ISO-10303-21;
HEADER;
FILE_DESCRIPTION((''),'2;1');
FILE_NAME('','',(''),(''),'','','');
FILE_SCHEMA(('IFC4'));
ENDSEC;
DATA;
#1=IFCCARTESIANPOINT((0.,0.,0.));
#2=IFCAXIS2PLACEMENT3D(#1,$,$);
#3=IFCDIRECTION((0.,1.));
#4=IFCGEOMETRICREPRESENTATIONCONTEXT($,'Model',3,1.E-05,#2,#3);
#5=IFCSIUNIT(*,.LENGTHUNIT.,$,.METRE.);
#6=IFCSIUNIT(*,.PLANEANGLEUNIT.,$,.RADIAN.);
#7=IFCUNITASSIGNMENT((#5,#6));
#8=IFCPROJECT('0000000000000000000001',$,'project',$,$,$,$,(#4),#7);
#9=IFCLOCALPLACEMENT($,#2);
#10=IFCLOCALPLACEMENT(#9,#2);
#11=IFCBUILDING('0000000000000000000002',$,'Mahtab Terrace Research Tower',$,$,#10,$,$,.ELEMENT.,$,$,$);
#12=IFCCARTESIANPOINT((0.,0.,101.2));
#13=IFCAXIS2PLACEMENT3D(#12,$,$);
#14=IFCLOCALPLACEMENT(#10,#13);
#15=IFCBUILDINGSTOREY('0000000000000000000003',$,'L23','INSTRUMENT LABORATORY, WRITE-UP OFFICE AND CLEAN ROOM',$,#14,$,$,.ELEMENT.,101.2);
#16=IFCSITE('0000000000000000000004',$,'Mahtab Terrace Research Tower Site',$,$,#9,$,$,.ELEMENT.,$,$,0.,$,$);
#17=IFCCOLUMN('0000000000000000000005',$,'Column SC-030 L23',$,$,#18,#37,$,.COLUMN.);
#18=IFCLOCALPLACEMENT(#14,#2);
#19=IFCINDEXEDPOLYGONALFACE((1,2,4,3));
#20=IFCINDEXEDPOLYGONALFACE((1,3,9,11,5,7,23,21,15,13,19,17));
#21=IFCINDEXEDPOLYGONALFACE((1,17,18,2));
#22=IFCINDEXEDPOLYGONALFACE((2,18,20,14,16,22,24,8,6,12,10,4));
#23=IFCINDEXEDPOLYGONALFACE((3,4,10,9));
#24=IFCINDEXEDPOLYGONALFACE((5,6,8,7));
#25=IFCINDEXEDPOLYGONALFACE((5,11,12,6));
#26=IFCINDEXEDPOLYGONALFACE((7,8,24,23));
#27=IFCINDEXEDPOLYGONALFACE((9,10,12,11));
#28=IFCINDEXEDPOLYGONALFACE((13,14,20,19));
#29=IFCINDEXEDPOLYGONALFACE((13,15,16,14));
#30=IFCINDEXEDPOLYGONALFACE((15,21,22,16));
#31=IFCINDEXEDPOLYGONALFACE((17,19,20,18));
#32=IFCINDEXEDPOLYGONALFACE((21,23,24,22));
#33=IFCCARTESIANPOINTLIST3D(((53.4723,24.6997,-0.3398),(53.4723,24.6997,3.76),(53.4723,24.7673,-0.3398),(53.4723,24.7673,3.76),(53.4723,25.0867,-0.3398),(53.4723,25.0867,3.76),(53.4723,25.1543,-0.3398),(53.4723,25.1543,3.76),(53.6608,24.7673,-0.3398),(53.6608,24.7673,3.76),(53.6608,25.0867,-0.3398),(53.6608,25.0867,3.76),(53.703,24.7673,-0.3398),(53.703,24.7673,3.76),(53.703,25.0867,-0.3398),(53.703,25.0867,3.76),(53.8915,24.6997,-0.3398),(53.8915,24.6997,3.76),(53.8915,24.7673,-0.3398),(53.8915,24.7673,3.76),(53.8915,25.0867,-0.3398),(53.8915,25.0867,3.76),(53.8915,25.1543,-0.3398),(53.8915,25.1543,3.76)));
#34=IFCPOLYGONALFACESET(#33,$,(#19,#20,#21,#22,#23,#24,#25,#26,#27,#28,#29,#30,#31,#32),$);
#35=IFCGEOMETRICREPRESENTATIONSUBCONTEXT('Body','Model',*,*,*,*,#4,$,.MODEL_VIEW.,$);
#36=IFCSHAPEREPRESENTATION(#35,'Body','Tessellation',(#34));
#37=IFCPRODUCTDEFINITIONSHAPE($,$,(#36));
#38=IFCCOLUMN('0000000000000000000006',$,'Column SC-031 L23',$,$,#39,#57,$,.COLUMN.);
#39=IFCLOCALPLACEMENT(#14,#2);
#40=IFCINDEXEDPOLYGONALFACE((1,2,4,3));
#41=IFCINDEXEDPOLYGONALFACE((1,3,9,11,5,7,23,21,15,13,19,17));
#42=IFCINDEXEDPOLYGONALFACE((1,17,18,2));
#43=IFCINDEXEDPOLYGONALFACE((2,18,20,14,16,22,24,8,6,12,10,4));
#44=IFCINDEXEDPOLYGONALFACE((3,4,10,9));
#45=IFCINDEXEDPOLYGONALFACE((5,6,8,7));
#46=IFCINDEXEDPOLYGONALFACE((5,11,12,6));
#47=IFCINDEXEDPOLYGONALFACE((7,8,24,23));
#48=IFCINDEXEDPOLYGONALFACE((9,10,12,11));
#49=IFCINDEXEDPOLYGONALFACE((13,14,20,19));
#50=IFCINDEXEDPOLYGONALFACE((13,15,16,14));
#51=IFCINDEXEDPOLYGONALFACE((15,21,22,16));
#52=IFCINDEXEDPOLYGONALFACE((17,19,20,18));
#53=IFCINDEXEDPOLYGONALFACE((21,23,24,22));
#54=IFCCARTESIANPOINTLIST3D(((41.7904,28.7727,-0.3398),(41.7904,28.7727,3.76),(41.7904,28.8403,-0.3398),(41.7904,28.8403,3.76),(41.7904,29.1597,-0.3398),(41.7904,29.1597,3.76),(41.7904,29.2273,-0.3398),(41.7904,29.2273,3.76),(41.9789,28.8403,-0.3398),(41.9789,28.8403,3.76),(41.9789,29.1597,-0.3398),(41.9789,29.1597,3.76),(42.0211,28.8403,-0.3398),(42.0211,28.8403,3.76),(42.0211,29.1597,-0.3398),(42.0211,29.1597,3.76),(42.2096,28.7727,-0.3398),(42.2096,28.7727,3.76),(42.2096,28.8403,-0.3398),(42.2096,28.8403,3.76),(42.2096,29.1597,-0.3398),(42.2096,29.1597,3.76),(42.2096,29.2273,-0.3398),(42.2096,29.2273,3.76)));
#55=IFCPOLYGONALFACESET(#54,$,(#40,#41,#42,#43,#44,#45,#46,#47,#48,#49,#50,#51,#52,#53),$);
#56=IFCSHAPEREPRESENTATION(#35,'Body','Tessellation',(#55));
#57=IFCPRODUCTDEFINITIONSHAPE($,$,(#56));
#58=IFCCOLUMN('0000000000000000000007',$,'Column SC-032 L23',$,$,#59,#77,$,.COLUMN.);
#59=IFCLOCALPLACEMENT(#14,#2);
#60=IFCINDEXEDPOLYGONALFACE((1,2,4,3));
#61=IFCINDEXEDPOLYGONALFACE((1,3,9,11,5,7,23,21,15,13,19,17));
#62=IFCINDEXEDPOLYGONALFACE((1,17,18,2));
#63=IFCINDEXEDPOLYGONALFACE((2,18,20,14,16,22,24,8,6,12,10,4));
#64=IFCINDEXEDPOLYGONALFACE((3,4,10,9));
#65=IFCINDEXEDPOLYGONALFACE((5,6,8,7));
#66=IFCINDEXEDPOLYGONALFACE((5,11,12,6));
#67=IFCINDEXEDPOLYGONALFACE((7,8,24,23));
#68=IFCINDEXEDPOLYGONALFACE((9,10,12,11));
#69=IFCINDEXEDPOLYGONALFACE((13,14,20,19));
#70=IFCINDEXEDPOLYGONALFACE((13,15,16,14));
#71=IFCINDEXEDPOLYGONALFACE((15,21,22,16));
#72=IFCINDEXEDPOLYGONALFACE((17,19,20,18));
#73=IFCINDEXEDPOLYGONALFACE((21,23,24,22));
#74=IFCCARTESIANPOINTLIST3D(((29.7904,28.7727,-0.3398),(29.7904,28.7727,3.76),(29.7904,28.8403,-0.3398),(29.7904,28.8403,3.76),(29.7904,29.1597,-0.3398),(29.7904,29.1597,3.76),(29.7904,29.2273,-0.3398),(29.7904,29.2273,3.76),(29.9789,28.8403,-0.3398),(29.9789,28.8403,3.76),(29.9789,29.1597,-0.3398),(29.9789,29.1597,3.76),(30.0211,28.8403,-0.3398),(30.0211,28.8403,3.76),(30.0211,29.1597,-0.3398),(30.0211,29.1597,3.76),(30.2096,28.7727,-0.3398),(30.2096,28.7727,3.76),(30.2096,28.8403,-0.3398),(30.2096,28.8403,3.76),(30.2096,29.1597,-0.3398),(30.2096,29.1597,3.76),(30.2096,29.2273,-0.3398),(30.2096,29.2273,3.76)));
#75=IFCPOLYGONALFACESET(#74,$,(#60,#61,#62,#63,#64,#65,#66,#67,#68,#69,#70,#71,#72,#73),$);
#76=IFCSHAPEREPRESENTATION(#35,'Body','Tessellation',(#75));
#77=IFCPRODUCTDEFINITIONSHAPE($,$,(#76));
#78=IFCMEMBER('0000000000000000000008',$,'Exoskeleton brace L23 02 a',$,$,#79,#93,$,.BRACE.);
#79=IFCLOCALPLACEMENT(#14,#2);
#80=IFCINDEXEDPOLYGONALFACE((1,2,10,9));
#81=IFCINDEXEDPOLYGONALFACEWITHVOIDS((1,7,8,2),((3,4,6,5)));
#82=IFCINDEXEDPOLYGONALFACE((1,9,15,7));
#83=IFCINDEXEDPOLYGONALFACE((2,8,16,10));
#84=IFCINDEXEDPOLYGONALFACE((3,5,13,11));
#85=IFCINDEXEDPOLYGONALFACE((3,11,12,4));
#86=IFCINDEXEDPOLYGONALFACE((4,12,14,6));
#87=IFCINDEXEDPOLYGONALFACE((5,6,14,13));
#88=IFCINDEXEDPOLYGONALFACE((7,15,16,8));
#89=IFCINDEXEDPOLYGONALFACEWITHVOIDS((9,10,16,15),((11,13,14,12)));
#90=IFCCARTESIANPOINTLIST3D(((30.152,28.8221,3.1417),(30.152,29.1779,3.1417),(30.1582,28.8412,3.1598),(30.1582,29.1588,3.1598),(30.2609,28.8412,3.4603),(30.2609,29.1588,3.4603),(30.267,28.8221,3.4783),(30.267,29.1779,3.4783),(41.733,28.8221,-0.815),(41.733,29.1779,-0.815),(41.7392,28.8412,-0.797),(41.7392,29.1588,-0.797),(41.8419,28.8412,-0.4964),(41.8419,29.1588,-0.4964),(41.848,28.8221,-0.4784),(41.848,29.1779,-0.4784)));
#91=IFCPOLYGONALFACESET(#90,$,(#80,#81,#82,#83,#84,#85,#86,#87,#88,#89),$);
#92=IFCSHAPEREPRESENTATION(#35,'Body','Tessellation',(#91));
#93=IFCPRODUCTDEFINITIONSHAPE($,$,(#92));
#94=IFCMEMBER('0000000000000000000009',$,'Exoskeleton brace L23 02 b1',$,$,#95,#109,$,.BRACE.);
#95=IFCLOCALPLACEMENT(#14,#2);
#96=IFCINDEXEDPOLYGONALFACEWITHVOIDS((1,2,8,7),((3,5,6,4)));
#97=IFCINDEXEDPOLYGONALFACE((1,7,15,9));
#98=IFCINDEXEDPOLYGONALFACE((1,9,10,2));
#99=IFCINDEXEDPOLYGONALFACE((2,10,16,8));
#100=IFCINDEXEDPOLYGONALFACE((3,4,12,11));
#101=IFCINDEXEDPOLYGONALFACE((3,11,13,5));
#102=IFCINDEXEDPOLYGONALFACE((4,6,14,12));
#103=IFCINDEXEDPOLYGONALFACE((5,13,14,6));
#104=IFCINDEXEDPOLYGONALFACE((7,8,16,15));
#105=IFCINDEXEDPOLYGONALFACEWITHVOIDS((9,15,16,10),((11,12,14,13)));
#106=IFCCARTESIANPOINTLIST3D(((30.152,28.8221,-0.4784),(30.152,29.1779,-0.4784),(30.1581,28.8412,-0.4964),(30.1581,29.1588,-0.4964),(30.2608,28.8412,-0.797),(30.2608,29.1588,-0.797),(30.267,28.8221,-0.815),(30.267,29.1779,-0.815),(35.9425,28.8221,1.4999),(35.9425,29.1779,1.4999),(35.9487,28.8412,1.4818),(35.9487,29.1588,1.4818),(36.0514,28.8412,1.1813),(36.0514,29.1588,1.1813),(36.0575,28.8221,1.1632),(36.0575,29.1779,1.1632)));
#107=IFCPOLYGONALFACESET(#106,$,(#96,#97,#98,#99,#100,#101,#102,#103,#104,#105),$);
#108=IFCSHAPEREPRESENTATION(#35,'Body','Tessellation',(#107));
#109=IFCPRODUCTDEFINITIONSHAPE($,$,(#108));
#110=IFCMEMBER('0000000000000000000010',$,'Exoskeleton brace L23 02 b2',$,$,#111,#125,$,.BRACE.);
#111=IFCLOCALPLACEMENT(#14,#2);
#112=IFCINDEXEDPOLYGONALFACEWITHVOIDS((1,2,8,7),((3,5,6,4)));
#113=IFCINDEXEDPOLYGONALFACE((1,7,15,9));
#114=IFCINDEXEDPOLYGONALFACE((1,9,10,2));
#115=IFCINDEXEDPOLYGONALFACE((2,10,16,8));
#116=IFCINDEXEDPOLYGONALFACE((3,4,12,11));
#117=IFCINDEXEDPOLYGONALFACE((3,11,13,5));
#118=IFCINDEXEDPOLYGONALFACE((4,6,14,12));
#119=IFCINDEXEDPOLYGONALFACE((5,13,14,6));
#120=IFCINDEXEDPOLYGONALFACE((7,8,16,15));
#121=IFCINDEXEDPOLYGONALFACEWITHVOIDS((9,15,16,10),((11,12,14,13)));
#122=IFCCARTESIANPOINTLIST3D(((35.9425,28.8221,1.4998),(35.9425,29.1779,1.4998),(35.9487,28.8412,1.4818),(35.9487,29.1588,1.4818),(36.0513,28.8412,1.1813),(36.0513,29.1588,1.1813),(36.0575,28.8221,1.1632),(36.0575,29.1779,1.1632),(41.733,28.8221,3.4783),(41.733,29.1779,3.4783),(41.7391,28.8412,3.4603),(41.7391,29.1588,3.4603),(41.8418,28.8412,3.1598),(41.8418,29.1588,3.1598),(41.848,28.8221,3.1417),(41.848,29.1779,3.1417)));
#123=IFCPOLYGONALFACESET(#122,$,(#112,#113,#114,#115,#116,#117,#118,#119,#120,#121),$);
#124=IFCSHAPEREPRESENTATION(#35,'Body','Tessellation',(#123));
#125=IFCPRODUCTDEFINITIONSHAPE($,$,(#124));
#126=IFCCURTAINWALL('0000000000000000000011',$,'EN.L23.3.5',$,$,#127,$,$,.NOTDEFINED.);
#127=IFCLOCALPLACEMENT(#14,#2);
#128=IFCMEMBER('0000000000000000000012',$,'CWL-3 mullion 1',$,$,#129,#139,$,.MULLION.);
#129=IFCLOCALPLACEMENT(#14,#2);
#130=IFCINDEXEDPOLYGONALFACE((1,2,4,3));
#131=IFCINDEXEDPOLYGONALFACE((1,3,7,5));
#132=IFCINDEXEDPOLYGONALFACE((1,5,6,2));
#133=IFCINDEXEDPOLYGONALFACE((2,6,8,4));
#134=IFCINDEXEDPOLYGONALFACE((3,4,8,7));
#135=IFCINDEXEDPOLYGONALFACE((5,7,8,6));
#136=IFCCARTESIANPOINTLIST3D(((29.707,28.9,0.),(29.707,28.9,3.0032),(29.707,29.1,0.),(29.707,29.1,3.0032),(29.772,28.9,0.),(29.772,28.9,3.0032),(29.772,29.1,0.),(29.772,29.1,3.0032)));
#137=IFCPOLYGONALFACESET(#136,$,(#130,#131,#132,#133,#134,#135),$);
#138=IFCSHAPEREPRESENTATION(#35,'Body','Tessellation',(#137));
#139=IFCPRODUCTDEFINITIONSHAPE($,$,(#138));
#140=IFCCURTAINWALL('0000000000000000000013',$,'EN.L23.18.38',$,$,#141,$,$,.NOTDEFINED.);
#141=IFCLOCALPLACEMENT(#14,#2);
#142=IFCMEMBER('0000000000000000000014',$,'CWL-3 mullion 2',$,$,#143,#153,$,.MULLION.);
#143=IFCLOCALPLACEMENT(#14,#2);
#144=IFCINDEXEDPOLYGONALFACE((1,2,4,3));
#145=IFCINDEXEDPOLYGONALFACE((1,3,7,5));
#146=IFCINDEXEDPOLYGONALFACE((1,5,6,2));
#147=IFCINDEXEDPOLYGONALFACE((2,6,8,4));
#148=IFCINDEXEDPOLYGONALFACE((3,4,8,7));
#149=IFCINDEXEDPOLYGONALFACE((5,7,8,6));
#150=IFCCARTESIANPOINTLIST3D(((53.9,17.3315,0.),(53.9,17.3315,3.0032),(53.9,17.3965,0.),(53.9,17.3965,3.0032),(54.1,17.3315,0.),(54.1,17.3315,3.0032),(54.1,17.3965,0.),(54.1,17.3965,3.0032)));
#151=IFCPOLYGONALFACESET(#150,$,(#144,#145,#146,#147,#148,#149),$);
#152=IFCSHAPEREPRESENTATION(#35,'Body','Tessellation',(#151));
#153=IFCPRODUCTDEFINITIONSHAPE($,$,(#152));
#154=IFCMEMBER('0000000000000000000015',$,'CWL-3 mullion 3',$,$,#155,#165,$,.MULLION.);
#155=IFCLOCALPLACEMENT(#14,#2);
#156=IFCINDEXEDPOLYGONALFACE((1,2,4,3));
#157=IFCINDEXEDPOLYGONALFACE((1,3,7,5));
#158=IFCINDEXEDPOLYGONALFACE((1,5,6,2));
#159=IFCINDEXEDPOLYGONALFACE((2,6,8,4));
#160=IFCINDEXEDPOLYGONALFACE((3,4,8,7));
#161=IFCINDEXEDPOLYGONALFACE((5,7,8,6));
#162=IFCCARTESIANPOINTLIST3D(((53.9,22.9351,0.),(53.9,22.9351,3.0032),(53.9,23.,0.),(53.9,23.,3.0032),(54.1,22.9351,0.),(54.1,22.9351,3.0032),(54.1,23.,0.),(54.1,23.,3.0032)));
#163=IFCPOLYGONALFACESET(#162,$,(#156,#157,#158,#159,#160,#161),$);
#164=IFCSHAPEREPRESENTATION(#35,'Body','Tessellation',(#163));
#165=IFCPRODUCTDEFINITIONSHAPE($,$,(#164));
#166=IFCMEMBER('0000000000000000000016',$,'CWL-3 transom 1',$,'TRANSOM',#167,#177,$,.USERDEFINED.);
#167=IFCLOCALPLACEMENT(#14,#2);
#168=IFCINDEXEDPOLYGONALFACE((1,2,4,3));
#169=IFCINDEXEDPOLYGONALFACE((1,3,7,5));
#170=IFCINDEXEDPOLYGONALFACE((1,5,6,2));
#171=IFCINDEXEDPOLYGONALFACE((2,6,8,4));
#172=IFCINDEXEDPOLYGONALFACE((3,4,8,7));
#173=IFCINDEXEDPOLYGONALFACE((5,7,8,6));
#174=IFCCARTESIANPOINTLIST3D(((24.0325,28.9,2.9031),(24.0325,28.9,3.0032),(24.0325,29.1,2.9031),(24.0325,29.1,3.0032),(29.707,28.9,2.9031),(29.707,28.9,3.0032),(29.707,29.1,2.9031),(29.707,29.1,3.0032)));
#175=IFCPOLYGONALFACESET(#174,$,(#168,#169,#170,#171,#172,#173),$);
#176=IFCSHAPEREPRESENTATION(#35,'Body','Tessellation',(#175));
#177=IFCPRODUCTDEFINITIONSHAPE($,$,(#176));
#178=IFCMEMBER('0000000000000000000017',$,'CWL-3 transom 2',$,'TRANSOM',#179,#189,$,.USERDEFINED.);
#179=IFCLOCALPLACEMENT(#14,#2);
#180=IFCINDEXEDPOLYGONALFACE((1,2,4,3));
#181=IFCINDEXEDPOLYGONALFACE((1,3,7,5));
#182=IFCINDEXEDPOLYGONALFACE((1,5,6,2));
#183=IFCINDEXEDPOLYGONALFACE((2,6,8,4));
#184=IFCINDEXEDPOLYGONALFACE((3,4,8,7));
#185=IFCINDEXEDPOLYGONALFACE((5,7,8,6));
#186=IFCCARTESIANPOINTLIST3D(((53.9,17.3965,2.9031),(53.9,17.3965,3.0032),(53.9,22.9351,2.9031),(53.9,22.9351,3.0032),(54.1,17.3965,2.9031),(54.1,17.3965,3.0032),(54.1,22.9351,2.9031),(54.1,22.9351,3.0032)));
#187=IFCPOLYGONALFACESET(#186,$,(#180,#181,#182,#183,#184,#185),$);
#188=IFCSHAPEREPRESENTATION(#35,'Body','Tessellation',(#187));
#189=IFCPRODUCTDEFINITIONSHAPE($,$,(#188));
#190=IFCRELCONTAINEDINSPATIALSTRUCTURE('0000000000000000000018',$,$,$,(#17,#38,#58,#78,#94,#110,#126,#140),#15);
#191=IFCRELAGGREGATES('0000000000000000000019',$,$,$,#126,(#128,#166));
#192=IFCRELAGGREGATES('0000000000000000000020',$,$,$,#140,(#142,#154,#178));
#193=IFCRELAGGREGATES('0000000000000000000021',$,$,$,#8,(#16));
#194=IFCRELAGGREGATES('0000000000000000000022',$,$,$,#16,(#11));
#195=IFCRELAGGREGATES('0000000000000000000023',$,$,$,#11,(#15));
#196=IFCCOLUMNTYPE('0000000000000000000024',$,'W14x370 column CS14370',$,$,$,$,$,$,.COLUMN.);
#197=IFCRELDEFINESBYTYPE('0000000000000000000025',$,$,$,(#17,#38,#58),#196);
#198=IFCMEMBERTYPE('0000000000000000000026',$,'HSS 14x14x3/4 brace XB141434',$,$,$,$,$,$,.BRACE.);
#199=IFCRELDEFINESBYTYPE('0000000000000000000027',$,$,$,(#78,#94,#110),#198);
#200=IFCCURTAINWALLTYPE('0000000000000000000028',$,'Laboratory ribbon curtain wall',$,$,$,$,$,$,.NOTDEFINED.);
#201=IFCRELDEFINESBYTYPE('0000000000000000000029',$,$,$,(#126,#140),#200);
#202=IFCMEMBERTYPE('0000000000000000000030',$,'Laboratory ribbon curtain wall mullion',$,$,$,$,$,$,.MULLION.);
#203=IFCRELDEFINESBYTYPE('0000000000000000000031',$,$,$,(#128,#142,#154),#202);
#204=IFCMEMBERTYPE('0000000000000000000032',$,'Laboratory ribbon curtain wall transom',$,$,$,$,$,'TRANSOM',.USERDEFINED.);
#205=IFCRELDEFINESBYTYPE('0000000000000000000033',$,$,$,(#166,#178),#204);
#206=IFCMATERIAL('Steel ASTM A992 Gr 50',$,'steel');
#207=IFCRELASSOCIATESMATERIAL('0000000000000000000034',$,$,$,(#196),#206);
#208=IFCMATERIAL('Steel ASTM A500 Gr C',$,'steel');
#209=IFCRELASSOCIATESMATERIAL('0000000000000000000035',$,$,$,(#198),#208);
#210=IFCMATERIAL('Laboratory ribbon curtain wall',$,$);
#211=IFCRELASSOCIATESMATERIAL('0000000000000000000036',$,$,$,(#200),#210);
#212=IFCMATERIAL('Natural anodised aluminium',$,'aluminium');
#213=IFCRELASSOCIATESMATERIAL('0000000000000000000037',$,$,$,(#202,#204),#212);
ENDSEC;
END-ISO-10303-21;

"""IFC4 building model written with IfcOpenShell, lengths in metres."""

from ifc_helpers import new_model, si_unit, direction, frame, origin, origin_2d, place, context, subcontext, project, spatial, rectangle, hollow_rectangle, i_section, extrude, material, material_profile, profile_set, type_object, element, aggregate, save


model = new_model("IFC4")

# Units and contexts
model_context = context("Model", 3, precision=1e-05, world=origin(), true_north=direction((0.0, 1.0)))
body_context = subcontext(model_context, "Body", "Model", "MODEL_VIEW")
ifc_project = project(units=[si_unit("LENGTHUNIT", "METRE"), si_unit("PLANEANGLEUNIT", "RADIAN")], contexts=[model_context])

# Site, building, storey
site_placement = place(None, origin())
site = spatial("IfcSite", under=ifc_project, at=site_placement, Name="Mahtab Terrace Research Tower Site", CompositionType="ELEMENT", RefElevation=0.0)
building_placement = place(site_placement, origin())
building = spatial("IfcBuilding", under=site, at=building_placement, Name="Mahtab Terrace Research Tower", CompositionType="ELEMENT")
storey_placement = place(building_placement, frame((0.0, 0.0, 101.2)))
storey = spatial("IfcBuildingStorey", under=building, at=storey_placement, Name="L23", Description="INSTRUMENT LABORATORY, WRITE-UP OFFICE AND CLEAN ROOM", CompositionType="ELEMENT", Elevation=101.2)

# Columns
ifc_material_1 = material(Name="Steel ASTM A992 Gr 50", Category="steel")
ifc_material_profile_1 = material_profile(ifc_material_1, i_section(OverallWidth=0.4192, OverallDepth=0.4546, WebThickness=0.0422, FlangeThickness=0.0676, at=origin_2d()), Name="W14X370")
ifc_profile_set_1 = profile_set([ifc_material_profile_1], Name="Steel ASTM A992 Gr 50")
column_type = type_object("IfcColumnType", Name="W14x370 column CS14370", PredefinedType="COLUMN", material=ifc_profile_set_1)
for number, where, z_axis, x_axis, name in (
    (1, (53.6819, 24.927, -0.3398), (0.0, 0.0, 1.0), (1.0, 0.0, 0.0), "Column SC-030 L23"),
    (2, (42.0, 29.0, -0.3398), (0.0, 0.0, 1.0), (1.0, 0.0, 0.0), "Column SC-031 L23"),
    (3, (30.0, 29.0, -0.3398), (0.0, 0.0, 1.0), (1.0, 0.0, 0.0), "Column SC-032 L23"),
):
    element("IfcColumn", number, at=place(storey_placement, frame(where, z_axis=z_axis, x_axis=x_axis)), inside=storey, type_object=column_type, Name=name, PredefinedType="COLUMN", context=body_context, shape_type="SweptSolid", body=[
        extrude(i_section(OverallWidth=0.4192, OverallDepth=0.4546, WebThickness=0.0422, FlangeThickness=0.0676, at=origin_2d()), origin(), (0.0, 0.0, 1.0), 4.0999),
    ])

# Members
ifc_material_2 = material(Name="Steel ASTM A500 Gr C", Category="steel")
ifc_material_profile_2 = material_profile(ifc_material_2, hollow_rectangle(XDim=0.3557, YDim=0.3557, WallThickness=0.019, at=origin_2d()), Name="HSS14X14X3/4")
ifc_profile_set_2 = profile_set([ifc_material_profile_2], Name="Steel ASTM A500 Gr C")
member_type_1 = type_object("IfcMemberType", Name="HSS 14x14x3/4 brace XB141434", PredefinedType="BRACE", material=ifc_profile_set_2)
member_1_placement = place(storey_placement, frame((41.7905, 29.0, -0.6467), z_axis=(-0.946293, 0.0, 0.323311), x_axis=(0.0, -1.0, 0.0)))
element("IfcMember", 4, at=member_1_placement, inside=storey, type_object=member_type_1, Name="Exoskeleton brace L23 02 a", PredefinedType="BRACE", context=body_context, shape_type="SweptSolid", body=[
    extrude(hollow_rectangle(XDim=0.3557, YDim=0.3557, WallThickness=0.019, at=origin_2d()), origin(), (0.0, 0.0, 1.0), 12.2383),
])
for number, where, z_axis, x_axis, name in (
    (5, (30.2095, 29.0, -0.6467), (0.946299, 0.0, 0.323293), (0.0, 1.0, 0.0), "Exoskeleton brace L23 02 b1"),
    (6, (36.0, 29.0, 1.3315), (0.946287, 0.0, 0.323329), (0.0, 1.0, 0.0), "Exoskeleton brace L23 02 b2"),
):
    element("IfcMember", number, at=place(storey_placement, frame(where, z_axis=z_axis, x_axis=x_axis)), inside=storey, type_object=member_type_1, Name=name, PredefinedType="BRACE", context=body_context, shape_type="SweptSolid", body=[
        extrude(hollow_rectangle(XDim=0.3557, YDim=0.3557, WallThickness=0.019, at=origin_2d()), origin(), (0.0, 0.0, 1.0), 6.1191),
    ])

# Curtain wall, member
ifc_material_3 = material(Name="Laboratory ribbon curtain wall")
curtain_wall_type = type_object("IfcCurtainWallType", Name="Laboratory ribbon curtain wall", PredefinedType="NOTDEFINED", material=ifc_material_3)
curtain_wall_1_placement = place(storey_placement, origin())
curtain_wall_1 = element("IfcCurtainWall", 7, at=curtain_wall_1_placement, inside=storey, type_object=curtain_wall_type, Name="EN.L23.3.5", PredefinedType="NOTDEFINED")
ifc_material_4 = material(Name="Natural anodised aluminium", Category="aluminium")
ifc_material_profile_3 = material_profile(ifc_material_4, rectangle(XDim=0.2, YDim=0.0649, at=origin_2d()), Name="MULLION 65x200")
ifc_profile_set_3 = profile_set([ifc_material_profile_3], Name="Natural anodised aluminium")
member_type_2 = type_object("IfcMemberType", Name="Laboratory ribbon curtain wall mullion", PredefinedType="MULLION", material=ifc_profile_set_3)
member_2_placement = place(storey_placement, frame((29.7395, 29.0, 0.0), z_axis=(0.0, 0.0, 1.0), x_axis=(0.0, -1.0, 0.0)))
member_2 = element("IfcMember", 8, at=member_2_placement, type_object=member_type_2, Name="CWL-3 mullion 1", PredefinedType="MULLION", context=body_context, shape_type="SweptSolid", body=[
    extrude(rectangle(XDim=0.2, YDim=0.0649, at=origin_2d()), origin(), (0.0, 0.0, 1.0), 3.0032),
])

# Curtain wall, members
curtain_wall_2_placement = place(storey_placement, origin())
curtain_wall_2 = element("IfcCurtainWall", 9, at=curtain_wall_2_placement, inside=storey, type_object=curtain_wall_type, Name="EN.L23.18.38", PredefinedType="NOTDEFINED")
member_3_placement = place(storey_placement, frame((54.0, 17.364, 0.0), z_axis=(0.0, 0.0, 1.0), x_axis=(-1.0, 0.0, 0.0)))
member_3 = element("IfcMember", 10, at=member_3_placement, type_object=member_type_2, Name="CWL-3 mullion 2", PredefinedType="MULLION", context=body_context, shape_type="SweptSolid", body=[
    extrude(rectangle(XDim=0.2, YDim=0.0649, at=origin_2d()), origin(), (0.0, 0.0, 1.0), 3.0032),
])
member_4_placement = place(storey_placement, frame((54.0, 22.9675, 0.0), z_axis=(0.0, 0.0, 1.0), x_axis=(-1.0, 0.0, 0.0)))
member_4 = element("IfcMember", 11, at=member_4_placement, type_object=member_type_2, Name="CWL-3 mullion 3", PredefinedType="MULLION", context=body_context, shape_type="SweptSolid", body=[
    extrude(rectangle(XDim=0.2, YDim=0.0649, at=origin_2d()), origin(), (0.0, 0.0, 1.0), 3.0032),
])

# Members
ifc_material_profile_4 = material_profile(ifc_material_4, rectangle(XDim=0.2, YDim=0.1001, at=origin_2d()), Name="TRANSOM 100x200")
ifc_profile_set_4 = profile_set([ifc_material_profile_4], Name="Natural anodised aluminium")
member_type_3 = type_object("IfcMemberType", Name="Laboratory ribbon curtain wall transom", ElementType="TRANSOM", PredefinedType="USERDEFINED", material=ifc_profile_set_4)
member_5_placement = place(storey_placement, frame((29.707, 29.0, 2.9531), z_axis=(-1.0, 0.0, 0.0), x_axis=(0.0, -1.0, 0.0)))
member_5 = element("IfcMember", 12, at=member_5_placement, type_object=member_type_3, Name="CWL-3 transom 1", ObjectType="TRANSOM", PredefinedType="USERDEFINED", context=body_context, shape_type="SweptSolid", body=[
    extrude(rectangle(XDim=0.2, YDim=0.1001, at=origin_2d()), origin(), (0.0, 0.0, 1.0), 5.6746),
])
aggregate(curtain_wall_1, [member_2, member_5])
member_6_placement = place(storey_placement, frame((54.0, 17.3965, 2.9531), z_axis=(0.0, 1.0, 0.0), x_axis=(-1.0, 0.0, 0.0)))
member_6 = element("IfcMember", 13, at=member_6_placement, type_object=member_type_3, Name="CWL-3 transom 2", ObjectType="TRANSOM", PredefinedType="USERDEFINED", context=body_context, shape_type="SweptSolid", body=[
    extrude(rectangle(XDim=0.2, YDim=0.1001, at=origin_2d()), origin(), (0.0, 0.0, 1.0), 5.5386),
])

aggregate(curtain_wall_2, [member_3, member_4, member_6])

save(model, "model.ifc")
